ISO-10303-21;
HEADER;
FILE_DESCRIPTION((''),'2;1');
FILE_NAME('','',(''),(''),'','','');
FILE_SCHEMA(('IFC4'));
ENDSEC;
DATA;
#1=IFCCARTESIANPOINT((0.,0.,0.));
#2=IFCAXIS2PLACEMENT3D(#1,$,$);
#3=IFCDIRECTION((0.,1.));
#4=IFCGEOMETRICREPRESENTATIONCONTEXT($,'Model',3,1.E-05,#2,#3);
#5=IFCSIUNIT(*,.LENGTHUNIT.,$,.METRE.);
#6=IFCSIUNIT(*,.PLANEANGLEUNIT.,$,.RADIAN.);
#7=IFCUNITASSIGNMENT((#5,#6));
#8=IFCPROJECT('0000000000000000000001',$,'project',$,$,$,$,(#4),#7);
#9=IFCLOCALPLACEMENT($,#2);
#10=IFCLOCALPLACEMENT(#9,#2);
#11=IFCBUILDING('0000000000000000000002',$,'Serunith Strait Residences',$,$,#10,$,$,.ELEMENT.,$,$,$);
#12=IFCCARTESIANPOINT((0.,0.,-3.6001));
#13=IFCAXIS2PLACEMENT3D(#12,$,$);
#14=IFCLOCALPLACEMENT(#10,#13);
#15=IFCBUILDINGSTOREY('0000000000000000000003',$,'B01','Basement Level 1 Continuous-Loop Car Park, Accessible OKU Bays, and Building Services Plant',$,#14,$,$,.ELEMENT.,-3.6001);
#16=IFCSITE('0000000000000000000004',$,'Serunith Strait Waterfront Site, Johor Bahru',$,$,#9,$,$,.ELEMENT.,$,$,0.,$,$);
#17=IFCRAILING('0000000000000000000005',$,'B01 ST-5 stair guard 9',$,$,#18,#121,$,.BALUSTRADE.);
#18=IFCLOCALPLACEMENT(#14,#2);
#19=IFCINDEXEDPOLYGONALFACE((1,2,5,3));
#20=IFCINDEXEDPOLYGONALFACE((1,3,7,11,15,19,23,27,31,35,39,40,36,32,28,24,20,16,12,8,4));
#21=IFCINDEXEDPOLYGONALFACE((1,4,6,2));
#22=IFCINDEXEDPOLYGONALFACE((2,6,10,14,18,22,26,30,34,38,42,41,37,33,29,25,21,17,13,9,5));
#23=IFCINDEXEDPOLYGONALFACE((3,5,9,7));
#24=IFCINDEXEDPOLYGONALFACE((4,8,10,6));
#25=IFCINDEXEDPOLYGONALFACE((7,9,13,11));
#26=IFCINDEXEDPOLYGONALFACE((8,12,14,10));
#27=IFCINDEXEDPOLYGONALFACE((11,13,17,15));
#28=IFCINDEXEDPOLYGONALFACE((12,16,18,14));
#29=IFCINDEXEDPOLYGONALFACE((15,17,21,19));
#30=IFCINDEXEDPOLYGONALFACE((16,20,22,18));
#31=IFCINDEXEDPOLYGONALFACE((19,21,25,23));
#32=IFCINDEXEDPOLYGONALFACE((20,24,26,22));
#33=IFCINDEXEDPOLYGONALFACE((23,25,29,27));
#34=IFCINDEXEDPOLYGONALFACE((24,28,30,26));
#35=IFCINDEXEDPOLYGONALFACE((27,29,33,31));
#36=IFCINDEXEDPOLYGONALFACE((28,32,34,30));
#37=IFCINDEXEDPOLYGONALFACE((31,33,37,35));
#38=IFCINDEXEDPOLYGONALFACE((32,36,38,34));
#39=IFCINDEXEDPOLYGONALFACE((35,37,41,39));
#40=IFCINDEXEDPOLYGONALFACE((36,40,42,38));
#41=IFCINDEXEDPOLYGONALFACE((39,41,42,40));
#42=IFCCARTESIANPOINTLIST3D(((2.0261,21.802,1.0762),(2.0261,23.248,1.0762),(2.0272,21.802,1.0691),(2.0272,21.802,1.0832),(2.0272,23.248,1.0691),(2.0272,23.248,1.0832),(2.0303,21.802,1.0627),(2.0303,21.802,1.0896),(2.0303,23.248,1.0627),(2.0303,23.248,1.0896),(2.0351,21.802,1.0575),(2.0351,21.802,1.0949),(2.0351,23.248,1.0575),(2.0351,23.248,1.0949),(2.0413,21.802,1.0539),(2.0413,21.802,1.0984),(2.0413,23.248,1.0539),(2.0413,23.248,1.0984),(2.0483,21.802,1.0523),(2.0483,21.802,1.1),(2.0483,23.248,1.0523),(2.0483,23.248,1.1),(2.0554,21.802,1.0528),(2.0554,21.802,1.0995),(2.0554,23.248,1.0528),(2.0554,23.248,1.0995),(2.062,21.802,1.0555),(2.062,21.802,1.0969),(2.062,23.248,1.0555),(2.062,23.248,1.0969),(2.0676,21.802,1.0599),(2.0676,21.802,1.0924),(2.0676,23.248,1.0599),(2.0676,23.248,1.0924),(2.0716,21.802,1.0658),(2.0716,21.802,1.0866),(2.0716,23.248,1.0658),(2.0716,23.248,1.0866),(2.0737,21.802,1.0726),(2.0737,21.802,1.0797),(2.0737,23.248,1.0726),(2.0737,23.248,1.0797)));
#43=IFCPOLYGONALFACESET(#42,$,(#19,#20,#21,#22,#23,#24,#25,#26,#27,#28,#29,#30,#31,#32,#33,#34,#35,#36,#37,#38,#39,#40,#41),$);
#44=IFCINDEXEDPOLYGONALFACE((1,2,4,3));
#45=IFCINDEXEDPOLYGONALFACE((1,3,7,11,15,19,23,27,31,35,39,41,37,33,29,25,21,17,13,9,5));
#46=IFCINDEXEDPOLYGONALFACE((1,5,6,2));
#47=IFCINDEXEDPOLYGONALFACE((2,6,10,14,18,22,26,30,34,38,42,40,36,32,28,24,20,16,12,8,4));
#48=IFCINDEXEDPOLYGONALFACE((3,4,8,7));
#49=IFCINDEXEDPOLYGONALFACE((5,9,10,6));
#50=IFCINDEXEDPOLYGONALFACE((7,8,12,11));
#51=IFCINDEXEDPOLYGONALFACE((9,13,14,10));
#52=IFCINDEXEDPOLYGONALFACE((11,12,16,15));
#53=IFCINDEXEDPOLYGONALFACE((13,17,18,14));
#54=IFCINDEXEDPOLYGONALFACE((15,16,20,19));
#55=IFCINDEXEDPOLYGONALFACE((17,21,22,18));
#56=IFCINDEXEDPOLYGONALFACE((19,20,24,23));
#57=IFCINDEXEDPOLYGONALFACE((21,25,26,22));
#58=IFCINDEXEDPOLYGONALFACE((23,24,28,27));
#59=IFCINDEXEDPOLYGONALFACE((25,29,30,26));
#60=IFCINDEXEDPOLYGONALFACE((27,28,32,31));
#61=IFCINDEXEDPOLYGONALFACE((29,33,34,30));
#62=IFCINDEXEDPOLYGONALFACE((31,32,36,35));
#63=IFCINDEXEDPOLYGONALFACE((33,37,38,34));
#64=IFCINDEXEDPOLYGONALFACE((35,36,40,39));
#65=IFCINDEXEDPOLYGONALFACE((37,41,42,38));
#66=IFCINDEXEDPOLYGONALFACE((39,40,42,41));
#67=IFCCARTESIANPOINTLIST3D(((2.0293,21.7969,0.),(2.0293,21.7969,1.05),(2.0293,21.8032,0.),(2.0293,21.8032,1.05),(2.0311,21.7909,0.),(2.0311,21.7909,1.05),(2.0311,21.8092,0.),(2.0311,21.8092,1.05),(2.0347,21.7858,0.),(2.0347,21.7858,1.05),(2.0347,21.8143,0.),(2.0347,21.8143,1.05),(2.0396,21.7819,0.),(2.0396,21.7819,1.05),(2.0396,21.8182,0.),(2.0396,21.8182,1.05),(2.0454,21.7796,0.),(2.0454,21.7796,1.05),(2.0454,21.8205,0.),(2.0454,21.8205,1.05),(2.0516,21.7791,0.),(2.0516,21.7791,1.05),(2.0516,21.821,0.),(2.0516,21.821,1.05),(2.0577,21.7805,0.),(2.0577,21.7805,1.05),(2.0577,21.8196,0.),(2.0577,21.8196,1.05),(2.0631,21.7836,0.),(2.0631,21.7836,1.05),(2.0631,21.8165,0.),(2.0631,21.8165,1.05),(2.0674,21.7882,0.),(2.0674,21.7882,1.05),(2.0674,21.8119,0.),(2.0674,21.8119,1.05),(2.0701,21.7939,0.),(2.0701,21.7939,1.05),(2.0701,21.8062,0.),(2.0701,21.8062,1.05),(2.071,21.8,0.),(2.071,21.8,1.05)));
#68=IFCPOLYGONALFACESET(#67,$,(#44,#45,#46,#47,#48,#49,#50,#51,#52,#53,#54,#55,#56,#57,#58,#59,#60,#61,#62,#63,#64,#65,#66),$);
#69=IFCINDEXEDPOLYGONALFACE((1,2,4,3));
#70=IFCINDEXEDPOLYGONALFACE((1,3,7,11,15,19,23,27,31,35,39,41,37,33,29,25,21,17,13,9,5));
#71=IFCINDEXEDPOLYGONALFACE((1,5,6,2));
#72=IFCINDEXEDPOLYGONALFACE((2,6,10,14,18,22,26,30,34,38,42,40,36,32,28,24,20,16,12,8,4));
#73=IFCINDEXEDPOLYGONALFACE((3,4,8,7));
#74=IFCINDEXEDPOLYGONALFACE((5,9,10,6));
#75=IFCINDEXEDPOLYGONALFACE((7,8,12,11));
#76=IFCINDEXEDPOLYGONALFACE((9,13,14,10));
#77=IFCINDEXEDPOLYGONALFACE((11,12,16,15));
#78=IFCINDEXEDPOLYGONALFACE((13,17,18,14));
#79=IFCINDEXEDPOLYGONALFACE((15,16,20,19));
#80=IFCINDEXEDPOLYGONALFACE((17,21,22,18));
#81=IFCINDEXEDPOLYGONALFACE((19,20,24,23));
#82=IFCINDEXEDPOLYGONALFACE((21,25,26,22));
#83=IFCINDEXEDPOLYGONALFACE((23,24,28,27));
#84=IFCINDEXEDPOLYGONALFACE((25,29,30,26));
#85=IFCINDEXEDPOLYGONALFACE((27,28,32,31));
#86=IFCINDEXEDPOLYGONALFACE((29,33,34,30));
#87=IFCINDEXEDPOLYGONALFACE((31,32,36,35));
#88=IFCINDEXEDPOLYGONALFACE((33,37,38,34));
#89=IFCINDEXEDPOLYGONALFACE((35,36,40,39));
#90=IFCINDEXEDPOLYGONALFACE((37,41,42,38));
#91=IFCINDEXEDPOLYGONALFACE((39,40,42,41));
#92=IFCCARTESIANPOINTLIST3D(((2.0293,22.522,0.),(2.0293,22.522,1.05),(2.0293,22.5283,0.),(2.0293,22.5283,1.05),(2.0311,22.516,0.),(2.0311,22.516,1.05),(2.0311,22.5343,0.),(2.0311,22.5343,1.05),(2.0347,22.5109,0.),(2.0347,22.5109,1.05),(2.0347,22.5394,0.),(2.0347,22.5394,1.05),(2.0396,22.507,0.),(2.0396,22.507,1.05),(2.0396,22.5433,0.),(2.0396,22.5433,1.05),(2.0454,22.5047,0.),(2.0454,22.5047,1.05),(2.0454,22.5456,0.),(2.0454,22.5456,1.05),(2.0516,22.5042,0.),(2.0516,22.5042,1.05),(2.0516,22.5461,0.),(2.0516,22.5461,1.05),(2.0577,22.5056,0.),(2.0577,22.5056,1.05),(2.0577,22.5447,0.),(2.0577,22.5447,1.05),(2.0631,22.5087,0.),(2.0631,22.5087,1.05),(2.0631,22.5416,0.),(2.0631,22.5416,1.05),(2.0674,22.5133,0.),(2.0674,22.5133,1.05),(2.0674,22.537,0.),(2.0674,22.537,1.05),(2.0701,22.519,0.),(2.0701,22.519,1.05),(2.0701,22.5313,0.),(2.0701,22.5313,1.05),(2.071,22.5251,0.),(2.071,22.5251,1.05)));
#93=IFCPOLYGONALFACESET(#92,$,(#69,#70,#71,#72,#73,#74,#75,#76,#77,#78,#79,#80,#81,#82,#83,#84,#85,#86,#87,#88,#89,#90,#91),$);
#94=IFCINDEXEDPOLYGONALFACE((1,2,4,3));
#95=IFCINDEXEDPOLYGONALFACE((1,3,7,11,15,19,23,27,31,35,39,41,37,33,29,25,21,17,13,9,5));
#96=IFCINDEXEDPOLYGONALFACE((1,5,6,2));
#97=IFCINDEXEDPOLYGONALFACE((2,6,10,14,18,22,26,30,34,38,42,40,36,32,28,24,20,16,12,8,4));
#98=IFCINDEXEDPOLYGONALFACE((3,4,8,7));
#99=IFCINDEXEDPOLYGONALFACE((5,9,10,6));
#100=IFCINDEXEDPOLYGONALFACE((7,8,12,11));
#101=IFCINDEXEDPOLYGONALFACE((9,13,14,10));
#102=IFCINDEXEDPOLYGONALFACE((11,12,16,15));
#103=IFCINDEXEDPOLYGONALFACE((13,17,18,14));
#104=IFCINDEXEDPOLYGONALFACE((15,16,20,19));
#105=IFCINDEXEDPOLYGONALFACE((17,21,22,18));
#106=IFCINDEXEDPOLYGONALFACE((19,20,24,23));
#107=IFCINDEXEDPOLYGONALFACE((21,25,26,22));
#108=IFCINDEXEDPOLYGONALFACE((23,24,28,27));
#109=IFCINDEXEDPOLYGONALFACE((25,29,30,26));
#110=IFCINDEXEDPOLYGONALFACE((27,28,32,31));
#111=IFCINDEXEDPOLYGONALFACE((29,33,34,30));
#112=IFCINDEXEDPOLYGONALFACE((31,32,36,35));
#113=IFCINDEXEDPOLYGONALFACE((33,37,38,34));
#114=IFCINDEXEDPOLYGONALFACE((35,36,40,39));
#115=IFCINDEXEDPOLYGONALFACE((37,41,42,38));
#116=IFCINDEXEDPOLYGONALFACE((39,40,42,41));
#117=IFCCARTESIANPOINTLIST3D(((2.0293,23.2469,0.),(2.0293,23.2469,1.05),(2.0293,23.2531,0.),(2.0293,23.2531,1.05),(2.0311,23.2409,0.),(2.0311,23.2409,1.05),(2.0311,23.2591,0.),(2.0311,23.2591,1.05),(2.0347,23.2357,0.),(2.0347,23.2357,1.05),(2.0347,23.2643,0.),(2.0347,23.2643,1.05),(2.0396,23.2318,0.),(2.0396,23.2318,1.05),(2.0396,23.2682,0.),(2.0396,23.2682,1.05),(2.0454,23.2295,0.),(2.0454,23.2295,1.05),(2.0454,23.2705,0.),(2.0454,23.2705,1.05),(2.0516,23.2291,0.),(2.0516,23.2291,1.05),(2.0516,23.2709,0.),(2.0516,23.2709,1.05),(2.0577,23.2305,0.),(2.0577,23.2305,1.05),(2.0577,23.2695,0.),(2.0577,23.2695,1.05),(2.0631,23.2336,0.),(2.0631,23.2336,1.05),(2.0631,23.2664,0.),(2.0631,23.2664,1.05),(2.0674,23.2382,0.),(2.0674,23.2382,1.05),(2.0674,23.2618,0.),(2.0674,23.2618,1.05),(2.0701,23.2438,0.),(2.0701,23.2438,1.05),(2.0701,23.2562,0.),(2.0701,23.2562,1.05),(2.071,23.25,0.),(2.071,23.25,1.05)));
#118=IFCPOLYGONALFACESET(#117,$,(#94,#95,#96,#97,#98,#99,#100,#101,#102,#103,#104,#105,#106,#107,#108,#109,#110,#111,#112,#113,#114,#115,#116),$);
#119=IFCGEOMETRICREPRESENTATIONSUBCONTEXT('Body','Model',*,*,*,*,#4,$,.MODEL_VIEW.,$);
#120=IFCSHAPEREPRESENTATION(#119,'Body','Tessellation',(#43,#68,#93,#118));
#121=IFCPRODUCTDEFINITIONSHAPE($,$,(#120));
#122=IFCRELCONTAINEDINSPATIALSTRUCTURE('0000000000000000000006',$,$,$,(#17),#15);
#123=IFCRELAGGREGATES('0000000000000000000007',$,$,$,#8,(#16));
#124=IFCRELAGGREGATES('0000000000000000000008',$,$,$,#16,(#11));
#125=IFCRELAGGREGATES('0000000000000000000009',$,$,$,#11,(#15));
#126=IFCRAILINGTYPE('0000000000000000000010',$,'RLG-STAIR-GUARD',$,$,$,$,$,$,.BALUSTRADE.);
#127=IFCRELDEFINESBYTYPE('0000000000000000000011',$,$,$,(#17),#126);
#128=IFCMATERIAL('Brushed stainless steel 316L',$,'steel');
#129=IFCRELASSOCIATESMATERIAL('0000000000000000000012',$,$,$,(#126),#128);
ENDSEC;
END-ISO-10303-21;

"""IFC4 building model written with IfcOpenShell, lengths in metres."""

from ifc_helpers import new_model, si_unit, direction, frame, origin, origin_2d, place, context, subcontext, project, spatial, circle, extrude, material, type_object, element, save


model = new_model("IFC4")

# Units and contexts
model_context = context("Model", 3, precision=1e-05, world=origin(), true_north=direction((0.0, 1.0)))
body_context = subcontext(model_context, "Body", "Model", "MODEL_VIEW")
ifc_project = project(units=[si_unit("LENGTHUNIT", "METRE"), si_unit("PLANEANGLEUNIT", "RADIAN")], contexts=[model_context])

# Site, building, storey
site_placement = place(None, origin())
site = spatial("IfcSite", under=ifc_project, at=site_placement, Name="Serunith Strait Waterfront Site, Johor Bahru", CompositionType="ELEMENT", RefElevation=0.0)
building_placement = place(site_placement, origin())
building = spatial("IfcBuilding", under=site, at=building_placement, Name="Serunith Strait Residences", CompositionType="ELEMENT")
storey_placement = place(building_placement, frame((0.0, 0.0, -3.6001)))
storey = spatial("IfcBuildingStorey", under=building, at=storey_placement, Name="B01", Description="Basement Level 1 Continuous-Loop Car Park, Accessible OKU Bays, and Building Services Plant", CompositionType="ELEMENT", Elevation=-3.6001)

# Railing
ifc_material_1 = material(Name="Brushed stainless steel 316L", Category="steel")
railing_type_1 = type_object("IfcRailingType", Name="RLG-STAIR-GUARD", PredefinedType="BALUSTRADE", material=ifc_material_1)
for number, where, name in (
    (1, (2.05, 21.8, 0.0), "B01 ST-5 stair guard 9"),
):
    element("IfcRailing", number, at=place(storey_placement, frame(where)), inside=storey, type_object=railing_type_1, Name=name, PredefinedType="BALUSTRADE", context=body_context, shape_type="SweptSolid", body=[
        extrude(circle(Radius=0.0239, at=origin_2d()), frame((0.0, 0.002, 1.0762), z_axis=(0.0, 1.0, 0.0), x_axis=(-1.0, 0.0, 0.0)), (0.0, 0.0, 1.0), 1.446),
        extrude(circle(Radius=0.021, at=origin_2d()), origin(), (0.0, 0.0, 1.0), 1.05),
        extrude(circle(Radius=0.021, at=origin_2d()), frame((0.0, 0.7251, 0.0)), (0.0, 0.0, 1.0), 1.05),
        extrude(circle(Radius=0.021, at=origin_2d()), frame((0.0, 1.45, 0.0)), (0.0, 0.0, 1.0), 1.05),
    ])

save(model, "model.ifc")
